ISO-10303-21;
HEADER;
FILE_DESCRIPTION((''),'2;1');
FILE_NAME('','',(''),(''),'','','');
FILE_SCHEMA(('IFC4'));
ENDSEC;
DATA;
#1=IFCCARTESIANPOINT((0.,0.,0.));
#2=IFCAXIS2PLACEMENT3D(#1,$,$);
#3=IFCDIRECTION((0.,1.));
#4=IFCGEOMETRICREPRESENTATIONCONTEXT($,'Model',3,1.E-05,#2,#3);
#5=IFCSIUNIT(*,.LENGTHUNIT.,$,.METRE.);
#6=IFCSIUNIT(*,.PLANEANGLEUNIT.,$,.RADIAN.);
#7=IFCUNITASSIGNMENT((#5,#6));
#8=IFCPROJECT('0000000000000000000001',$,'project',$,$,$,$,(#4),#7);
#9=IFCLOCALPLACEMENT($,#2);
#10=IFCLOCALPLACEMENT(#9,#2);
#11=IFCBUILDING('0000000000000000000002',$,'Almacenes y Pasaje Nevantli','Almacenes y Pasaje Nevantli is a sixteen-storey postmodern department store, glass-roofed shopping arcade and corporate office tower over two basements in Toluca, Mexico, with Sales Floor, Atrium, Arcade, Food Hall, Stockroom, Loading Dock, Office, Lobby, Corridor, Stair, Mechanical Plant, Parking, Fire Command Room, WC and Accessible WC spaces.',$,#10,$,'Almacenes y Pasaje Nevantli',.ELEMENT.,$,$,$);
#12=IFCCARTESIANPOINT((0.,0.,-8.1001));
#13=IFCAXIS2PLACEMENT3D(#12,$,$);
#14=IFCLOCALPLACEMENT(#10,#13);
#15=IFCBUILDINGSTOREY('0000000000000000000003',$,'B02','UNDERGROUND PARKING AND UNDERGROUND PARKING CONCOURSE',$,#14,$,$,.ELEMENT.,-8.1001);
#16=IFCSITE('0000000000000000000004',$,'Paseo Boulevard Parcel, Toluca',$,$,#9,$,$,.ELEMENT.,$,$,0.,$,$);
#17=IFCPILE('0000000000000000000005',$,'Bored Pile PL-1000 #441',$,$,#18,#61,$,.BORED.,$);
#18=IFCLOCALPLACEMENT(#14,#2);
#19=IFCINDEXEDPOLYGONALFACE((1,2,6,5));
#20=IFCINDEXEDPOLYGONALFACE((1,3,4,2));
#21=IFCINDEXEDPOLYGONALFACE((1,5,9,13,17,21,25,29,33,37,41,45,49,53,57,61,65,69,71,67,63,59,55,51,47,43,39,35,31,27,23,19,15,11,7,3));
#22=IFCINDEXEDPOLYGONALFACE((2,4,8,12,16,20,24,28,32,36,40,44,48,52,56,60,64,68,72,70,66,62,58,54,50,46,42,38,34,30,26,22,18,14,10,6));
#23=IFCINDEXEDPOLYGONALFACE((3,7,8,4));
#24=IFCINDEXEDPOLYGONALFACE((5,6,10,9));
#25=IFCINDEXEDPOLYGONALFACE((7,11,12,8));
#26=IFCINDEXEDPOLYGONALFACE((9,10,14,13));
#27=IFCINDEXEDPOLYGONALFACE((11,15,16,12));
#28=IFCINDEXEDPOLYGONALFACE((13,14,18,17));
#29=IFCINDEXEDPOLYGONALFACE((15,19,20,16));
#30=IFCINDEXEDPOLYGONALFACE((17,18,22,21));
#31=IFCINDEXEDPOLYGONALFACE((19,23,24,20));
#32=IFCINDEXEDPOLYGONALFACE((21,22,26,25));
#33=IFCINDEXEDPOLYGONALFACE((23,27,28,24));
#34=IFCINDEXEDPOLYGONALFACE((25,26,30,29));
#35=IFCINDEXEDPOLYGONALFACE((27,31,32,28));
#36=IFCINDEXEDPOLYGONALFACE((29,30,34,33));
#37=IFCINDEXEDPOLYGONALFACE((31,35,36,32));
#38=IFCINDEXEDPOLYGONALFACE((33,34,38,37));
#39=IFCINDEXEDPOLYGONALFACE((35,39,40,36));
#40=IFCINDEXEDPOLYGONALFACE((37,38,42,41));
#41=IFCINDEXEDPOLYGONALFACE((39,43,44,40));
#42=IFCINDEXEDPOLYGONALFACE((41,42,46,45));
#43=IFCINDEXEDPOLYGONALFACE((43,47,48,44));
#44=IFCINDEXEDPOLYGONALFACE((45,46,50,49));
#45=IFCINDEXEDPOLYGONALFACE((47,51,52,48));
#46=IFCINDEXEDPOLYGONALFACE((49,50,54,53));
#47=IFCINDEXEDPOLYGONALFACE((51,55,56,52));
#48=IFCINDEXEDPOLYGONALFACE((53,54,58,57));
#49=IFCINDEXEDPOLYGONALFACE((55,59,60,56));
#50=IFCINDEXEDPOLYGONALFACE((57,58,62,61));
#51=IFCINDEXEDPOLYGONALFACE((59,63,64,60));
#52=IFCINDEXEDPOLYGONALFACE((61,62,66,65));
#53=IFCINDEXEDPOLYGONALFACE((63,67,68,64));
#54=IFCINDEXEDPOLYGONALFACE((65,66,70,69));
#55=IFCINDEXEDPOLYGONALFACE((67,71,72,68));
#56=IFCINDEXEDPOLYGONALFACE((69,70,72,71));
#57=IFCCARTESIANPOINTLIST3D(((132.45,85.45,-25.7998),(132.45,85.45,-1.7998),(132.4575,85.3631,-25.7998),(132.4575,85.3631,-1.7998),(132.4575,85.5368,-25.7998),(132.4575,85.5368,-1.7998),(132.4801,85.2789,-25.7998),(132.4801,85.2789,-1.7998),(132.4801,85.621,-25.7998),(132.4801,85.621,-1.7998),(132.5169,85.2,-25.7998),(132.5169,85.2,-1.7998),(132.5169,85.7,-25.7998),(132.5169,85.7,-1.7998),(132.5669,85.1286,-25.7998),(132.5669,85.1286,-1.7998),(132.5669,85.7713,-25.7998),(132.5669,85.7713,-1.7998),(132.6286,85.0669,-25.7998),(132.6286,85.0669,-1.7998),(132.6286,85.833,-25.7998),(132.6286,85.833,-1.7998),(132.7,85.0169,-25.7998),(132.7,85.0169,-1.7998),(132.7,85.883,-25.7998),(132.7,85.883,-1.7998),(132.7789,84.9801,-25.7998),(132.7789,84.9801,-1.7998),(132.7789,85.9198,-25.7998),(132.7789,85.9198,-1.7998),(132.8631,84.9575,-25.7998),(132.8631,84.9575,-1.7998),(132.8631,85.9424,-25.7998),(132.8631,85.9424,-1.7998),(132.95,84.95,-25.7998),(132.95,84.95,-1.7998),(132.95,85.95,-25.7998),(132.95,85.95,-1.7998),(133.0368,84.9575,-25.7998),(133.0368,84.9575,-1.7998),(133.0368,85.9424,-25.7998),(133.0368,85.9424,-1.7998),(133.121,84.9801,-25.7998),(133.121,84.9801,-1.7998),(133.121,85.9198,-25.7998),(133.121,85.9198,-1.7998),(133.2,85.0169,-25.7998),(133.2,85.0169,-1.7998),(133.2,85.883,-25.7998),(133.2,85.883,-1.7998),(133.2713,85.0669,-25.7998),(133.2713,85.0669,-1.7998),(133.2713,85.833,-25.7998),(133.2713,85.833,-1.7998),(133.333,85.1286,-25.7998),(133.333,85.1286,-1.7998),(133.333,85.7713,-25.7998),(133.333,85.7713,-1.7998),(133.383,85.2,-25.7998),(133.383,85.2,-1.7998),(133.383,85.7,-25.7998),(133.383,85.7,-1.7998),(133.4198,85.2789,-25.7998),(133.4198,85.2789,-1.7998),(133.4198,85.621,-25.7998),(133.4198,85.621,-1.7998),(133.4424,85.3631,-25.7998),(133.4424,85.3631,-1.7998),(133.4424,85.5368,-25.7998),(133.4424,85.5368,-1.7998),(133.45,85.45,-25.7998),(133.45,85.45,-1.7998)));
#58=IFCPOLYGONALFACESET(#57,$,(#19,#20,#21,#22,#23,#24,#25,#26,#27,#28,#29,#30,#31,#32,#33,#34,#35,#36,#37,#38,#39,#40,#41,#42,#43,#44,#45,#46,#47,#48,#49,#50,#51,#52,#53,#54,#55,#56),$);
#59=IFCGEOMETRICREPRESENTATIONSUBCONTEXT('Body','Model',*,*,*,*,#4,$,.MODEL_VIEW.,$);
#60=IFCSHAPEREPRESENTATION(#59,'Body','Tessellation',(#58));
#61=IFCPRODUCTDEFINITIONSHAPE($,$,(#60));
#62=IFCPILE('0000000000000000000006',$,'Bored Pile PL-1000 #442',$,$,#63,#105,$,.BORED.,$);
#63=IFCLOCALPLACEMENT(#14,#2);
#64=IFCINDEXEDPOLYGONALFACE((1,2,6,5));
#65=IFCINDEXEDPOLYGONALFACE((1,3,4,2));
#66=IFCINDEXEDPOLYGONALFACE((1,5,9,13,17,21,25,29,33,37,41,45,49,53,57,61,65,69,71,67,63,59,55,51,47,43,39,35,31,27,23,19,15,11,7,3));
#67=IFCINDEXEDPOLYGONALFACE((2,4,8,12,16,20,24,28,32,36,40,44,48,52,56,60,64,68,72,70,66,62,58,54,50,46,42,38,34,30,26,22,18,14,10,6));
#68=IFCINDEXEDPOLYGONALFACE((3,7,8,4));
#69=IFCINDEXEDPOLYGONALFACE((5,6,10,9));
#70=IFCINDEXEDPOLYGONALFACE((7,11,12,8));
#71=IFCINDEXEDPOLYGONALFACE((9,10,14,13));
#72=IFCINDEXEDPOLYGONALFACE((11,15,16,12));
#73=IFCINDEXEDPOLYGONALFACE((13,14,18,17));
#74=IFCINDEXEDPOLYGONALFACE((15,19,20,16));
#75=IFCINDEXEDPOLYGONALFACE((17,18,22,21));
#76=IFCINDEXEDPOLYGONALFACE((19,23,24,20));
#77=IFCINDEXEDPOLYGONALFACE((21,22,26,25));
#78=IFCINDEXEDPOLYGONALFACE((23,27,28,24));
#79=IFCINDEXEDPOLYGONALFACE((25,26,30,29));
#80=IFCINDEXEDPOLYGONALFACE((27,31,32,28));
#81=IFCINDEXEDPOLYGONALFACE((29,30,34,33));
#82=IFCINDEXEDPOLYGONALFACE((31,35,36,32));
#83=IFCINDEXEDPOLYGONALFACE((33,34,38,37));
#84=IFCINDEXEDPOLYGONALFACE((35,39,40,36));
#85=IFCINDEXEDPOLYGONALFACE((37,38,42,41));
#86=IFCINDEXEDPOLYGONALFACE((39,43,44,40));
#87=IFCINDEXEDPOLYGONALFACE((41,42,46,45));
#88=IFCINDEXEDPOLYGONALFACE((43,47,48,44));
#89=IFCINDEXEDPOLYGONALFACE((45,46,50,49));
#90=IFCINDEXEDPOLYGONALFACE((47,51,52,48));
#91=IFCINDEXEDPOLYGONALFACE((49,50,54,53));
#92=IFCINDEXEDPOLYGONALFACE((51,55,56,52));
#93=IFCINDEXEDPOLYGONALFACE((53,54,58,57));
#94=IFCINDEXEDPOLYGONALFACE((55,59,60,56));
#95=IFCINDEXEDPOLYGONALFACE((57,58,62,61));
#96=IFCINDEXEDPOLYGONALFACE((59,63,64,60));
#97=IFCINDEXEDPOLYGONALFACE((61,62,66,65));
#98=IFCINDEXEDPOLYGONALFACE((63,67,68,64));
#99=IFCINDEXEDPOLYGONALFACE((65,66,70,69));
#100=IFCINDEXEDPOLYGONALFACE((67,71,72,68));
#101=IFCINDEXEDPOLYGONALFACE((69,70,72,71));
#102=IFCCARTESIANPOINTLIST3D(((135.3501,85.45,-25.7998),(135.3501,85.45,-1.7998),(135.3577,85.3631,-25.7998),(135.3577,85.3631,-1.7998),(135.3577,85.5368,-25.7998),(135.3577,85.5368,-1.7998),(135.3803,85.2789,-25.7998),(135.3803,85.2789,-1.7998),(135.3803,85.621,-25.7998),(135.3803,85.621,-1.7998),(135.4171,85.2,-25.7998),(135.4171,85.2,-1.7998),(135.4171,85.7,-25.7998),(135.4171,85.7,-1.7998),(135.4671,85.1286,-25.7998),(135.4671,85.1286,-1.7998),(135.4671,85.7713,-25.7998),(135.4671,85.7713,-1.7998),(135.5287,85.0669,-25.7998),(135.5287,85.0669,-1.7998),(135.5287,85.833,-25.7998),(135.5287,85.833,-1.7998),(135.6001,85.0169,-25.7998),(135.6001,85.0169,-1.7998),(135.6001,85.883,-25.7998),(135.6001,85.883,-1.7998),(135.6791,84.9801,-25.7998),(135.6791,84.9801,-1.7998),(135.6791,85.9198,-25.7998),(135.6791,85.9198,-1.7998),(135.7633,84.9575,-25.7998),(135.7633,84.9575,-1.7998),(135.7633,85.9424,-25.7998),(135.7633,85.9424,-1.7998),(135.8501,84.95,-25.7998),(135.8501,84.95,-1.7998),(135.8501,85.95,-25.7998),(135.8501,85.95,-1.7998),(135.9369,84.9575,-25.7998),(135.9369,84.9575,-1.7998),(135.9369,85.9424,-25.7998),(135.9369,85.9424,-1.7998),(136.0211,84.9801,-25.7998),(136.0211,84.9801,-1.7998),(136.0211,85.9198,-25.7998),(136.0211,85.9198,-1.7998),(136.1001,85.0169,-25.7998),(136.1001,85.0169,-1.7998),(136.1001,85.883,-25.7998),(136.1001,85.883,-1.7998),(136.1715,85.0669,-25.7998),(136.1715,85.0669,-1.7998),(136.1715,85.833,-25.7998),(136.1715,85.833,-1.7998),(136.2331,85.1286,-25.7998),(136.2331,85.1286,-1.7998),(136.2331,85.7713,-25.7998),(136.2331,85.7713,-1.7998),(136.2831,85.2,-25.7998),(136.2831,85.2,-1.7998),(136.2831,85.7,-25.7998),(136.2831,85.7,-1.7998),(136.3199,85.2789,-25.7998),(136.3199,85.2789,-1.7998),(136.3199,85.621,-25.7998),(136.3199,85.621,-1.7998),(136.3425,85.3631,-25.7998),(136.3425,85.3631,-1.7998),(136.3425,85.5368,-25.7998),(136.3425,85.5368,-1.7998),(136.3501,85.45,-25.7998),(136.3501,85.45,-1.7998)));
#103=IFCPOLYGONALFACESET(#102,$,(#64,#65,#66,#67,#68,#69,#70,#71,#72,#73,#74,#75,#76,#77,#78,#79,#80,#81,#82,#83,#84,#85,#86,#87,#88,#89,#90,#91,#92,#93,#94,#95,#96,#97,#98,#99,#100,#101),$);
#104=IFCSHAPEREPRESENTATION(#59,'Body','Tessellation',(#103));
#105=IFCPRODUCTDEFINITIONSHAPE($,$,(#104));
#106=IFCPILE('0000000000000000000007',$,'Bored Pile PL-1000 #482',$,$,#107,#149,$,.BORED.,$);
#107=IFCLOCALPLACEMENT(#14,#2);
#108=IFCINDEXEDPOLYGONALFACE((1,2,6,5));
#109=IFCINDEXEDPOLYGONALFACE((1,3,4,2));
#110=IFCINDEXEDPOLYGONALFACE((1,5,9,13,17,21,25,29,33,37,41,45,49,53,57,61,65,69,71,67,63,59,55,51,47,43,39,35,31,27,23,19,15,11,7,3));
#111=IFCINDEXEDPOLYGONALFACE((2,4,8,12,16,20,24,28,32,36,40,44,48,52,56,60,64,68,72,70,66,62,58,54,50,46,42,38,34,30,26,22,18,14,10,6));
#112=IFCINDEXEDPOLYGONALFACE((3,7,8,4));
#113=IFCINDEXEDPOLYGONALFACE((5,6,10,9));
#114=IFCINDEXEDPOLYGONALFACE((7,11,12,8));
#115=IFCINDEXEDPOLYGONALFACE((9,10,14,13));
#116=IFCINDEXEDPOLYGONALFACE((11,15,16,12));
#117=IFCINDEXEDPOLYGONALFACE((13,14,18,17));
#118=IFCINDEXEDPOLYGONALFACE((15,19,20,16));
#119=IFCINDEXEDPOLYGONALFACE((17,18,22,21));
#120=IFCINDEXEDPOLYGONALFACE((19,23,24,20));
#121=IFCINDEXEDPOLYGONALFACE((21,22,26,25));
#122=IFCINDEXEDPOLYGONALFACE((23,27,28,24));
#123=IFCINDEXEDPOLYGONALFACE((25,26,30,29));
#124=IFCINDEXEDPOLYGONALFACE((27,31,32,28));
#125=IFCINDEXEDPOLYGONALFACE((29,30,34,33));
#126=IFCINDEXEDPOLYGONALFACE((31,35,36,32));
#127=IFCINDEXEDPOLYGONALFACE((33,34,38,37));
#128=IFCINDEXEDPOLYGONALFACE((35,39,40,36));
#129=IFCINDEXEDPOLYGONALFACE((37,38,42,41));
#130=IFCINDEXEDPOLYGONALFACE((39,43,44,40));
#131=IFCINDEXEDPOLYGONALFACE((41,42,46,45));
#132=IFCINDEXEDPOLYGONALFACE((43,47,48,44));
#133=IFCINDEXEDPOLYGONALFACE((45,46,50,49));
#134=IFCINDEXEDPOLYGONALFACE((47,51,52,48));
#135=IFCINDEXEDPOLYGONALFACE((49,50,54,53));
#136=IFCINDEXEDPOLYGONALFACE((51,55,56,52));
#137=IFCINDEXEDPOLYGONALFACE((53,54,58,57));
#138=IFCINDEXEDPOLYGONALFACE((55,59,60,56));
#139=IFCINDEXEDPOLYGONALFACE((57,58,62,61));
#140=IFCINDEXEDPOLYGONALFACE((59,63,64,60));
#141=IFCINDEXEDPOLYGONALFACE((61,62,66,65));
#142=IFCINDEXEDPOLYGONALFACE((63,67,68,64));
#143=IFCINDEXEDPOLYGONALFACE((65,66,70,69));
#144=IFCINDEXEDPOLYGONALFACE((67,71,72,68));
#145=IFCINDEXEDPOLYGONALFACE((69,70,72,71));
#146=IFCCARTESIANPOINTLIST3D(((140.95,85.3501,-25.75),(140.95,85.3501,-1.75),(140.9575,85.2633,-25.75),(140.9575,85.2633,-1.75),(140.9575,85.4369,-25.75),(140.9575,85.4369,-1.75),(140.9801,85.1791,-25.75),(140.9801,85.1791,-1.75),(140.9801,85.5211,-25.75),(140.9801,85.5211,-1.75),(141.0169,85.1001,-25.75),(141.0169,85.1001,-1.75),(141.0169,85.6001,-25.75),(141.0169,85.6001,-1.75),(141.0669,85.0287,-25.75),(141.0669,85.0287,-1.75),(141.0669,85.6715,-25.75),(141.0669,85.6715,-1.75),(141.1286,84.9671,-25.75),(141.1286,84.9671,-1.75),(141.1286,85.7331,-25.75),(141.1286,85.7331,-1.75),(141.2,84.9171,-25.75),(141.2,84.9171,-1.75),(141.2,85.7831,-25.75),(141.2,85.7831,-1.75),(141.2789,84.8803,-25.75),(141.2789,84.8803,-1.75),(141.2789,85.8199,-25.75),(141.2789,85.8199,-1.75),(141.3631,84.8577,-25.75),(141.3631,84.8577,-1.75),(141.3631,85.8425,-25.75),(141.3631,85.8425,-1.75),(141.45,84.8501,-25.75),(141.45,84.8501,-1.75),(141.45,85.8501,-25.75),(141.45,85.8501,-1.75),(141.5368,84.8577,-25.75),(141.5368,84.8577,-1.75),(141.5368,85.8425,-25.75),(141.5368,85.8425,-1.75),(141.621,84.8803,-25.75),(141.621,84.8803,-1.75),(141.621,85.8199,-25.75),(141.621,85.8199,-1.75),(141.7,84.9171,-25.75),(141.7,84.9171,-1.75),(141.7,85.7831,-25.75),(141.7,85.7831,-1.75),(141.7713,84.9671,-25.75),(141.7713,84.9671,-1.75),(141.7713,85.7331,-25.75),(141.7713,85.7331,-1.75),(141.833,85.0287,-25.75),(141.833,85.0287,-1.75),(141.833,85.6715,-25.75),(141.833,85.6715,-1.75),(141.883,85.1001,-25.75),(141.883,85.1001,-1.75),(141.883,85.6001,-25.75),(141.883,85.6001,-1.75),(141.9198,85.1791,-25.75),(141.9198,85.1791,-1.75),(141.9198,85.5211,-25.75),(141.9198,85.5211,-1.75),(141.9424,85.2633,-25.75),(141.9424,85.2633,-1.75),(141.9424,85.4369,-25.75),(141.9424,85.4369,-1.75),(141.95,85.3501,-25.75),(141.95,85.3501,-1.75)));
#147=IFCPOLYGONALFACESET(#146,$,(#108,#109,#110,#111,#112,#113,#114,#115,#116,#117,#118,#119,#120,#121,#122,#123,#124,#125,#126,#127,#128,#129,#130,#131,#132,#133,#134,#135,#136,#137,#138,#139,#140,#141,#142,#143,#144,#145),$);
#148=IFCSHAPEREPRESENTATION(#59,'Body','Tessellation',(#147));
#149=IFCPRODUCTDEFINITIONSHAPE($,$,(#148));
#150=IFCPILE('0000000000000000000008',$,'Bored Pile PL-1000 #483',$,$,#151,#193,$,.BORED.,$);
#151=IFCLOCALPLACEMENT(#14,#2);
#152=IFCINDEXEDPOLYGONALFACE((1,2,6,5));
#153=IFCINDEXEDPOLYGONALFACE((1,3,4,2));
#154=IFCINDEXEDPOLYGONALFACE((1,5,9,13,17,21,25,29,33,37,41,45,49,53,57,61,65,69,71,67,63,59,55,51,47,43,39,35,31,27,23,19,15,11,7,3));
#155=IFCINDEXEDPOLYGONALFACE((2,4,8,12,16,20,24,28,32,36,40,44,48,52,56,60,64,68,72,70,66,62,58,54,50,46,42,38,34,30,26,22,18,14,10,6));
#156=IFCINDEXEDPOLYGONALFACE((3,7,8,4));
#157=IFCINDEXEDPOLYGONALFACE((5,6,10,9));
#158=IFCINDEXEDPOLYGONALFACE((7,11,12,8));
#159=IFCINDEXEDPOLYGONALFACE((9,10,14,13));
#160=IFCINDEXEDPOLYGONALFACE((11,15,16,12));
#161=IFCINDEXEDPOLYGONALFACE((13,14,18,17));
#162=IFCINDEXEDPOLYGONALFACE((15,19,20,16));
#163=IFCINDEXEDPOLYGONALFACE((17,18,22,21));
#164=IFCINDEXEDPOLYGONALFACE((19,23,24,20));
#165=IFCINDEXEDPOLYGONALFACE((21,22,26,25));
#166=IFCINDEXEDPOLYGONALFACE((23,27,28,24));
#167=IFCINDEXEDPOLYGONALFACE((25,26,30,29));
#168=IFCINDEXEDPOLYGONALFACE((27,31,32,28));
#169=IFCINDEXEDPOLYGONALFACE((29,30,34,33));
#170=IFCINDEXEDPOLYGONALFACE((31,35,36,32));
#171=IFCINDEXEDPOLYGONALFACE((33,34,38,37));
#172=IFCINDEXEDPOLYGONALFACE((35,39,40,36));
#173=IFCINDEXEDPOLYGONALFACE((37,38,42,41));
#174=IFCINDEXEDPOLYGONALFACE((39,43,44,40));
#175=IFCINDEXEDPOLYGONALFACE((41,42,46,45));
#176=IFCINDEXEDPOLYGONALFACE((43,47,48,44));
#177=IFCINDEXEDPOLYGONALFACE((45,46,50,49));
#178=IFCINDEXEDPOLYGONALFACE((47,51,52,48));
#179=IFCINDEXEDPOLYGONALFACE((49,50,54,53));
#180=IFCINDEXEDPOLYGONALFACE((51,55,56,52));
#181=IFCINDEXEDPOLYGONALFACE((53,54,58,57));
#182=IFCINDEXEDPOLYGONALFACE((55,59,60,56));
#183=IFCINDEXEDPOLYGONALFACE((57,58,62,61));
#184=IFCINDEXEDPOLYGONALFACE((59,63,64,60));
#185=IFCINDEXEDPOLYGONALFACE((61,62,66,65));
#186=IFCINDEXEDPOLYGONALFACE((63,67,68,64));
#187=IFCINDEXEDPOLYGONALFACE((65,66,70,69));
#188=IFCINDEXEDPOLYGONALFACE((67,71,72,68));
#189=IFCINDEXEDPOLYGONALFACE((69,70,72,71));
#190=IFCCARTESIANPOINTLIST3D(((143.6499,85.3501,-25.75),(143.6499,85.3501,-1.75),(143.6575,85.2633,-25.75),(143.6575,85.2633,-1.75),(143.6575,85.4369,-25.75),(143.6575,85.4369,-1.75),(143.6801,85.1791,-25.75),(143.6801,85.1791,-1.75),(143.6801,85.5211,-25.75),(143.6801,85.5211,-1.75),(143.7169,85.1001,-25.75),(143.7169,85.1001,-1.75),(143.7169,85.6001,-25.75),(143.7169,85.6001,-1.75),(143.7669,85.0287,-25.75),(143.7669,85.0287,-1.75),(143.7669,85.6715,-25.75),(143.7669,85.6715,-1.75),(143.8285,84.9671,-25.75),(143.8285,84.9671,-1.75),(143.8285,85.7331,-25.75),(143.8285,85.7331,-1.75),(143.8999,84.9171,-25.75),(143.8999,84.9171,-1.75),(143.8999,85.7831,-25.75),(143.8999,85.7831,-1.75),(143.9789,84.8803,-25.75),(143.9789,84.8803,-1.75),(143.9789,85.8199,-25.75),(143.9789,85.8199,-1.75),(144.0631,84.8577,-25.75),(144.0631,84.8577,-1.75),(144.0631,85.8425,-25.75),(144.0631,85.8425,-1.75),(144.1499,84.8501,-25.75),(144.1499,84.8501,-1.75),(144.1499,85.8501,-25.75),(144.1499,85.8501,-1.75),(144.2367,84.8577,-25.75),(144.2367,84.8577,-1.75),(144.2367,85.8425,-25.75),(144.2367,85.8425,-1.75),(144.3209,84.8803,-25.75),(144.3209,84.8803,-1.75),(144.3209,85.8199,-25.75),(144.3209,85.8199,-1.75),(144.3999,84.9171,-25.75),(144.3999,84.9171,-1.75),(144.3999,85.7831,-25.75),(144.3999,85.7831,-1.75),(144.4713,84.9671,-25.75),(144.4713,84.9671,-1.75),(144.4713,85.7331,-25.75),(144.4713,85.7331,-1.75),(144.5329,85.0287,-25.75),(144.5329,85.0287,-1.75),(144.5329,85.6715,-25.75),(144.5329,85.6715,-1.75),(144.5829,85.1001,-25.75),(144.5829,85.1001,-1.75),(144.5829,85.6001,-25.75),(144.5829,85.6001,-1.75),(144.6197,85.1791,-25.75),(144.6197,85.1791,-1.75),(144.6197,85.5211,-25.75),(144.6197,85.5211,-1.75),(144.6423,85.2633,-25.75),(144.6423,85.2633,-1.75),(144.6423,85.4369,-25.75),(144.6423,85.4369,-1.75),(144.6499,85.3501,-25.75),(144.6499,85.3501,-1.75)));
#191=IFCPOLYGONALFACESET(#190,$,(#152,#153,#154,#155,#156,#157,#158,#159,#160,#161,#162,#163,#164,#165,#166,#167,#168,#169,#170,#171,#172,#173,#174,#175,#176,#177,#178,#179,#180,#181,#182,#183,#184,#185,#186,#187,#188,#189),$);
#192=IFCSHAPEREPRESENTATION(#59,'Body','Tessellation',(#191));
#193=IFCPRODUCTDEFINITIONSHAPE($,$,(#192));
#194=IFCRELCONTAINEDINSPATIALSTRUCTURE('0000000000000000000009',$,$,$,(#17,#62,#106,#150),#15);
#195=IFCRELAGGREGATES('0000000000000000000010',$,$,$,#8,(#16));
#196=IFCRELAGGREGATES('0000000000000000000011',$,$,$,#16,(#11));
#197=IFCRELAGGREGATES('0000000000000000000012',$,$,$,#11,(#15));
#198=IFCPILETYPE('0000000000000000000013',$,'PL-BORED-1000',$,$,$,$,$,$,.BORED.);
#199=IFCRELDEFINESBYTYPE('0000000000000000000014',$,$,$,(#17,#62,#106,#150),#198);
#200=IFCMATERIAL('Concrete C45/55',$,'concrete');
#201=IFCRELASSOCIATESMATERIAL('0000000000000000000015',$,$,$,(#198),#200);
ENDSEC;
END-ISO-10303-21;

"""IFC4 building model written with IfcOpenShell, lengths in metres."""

from ifc_helpers import new_model, si_unit, direction, frame, origin, origin_2d, place, context, subcontext, project, spatial, circle, extrude, material, material_profile, profile_set, type_object, element, save


model = new_model("IFC4")

# Units and contexts
model_context = context("Model", 3, precision=1e-05, world=origin(), true_north=direction((0.0, 1.0)))
body_context = subcontext(model_context, "Body", "Model", "MODEL_VIEW")
ifc_project = project(units=[si_unit("LENGTHUNIT", "METRE"), si_unit("PLANEANGLEUNIT", "RADIAN")], contexts=[model_context])

# Site, building, storey
site_placement = place(None, origin())
site = spatial("IfcSite", under=ifc_project, at=site_placement, Name="Paseo Boulevard Parcel, Toluca", CompositionType="ELEMENT", RefElevation=0.0)
building_placement = place(site_placement, origin())
building = spatial("IfcBuilding", under=site, at=building_placement, Name="Almacenes y Pasaje Nevantli", Description="Almacenes y Pasaje Nevantli is a sixteen-storey postmodern department store, glass-roofed shopping arcade and corporate office tower over two basements in Toluca, Mexico, with Sales Floor, Atrium, Arcade, Food Hall, Stockroom, Loading Dock, Office, Lobby, Corridor, Stair, Mechanical Plant, Parking, Fire Command Room, WC and Accessible WC spaces.", LongName="Almacenes y Pasaje Nevantli", CompositionType="ELEMENT")
storey_placement = place(building_placement, frame((0.0, 0.0, -8.1001)))
storey = spatial("IfcBuildingStorey", under=building, at=storey_placement, Name="B02", Description="UNDERGROUND PARKING AND UNDERGROUND PARKING CONCOURSE", CompositionType="ELEMENT", Elevation=-8.1001)

# Piles
ifc_material_1 = material(Name="Concrete C45/55", Category="concrete")
ifc_material_profile_1 = material_profile(ifc_material_1, circle(Radius=0.5, at=origin_2d()), Name="RC-PILE-D1000")
ifc_profile_set_1 = profile_set([ifc_material_profile_1], Name="Concrete C45/55")
pile_type = type_object("IfcPileType", Name="PL-BORED-1000", PredefinedType="BORED", material=ifc_profile_set_1)
for number, where, z_axis, x_axis, name in (
    (1, (132.95, 85.45, -1.7998), (0.0, 0.0, -1.0), (1.0, 0.0, 0.0), "Bored Pile PL-1000 #441"),
    (2, (135.8501, 85.45, -1.7998), (0.0, 0.0, -1.0), (1.0, 0.0, 0.0), "Bored Pile PL-1000 #442"),
    (3, (141.45, 85.3501, -1.75), (0.0, 0.0, -1.0), (1.0, 0.0, 0.0), "Bored Pile PL-1000 #482"),
    (4, (144.1499, 85.3501, -1.75), (0.0, 0.0, -1.0), (1.0, 0.0, 0.0), "Bored Pile PL-1000 #483"),
):
    element("IfcPile", number, at=place(storey_placement, frame(where, z_axis=z_axis, x_axis=x_axis)), inside=storey, type_object=pile_type, Name=name, PredefinedType="BORED", context=body_context, shape_type="SweptSolid", body=[
        extrude(circle(Radius=0.5, at=origin_2d()), origin(), (0.0, 0.0, 1.0), 24.0),
    ])

save(model, "model.ifc")
